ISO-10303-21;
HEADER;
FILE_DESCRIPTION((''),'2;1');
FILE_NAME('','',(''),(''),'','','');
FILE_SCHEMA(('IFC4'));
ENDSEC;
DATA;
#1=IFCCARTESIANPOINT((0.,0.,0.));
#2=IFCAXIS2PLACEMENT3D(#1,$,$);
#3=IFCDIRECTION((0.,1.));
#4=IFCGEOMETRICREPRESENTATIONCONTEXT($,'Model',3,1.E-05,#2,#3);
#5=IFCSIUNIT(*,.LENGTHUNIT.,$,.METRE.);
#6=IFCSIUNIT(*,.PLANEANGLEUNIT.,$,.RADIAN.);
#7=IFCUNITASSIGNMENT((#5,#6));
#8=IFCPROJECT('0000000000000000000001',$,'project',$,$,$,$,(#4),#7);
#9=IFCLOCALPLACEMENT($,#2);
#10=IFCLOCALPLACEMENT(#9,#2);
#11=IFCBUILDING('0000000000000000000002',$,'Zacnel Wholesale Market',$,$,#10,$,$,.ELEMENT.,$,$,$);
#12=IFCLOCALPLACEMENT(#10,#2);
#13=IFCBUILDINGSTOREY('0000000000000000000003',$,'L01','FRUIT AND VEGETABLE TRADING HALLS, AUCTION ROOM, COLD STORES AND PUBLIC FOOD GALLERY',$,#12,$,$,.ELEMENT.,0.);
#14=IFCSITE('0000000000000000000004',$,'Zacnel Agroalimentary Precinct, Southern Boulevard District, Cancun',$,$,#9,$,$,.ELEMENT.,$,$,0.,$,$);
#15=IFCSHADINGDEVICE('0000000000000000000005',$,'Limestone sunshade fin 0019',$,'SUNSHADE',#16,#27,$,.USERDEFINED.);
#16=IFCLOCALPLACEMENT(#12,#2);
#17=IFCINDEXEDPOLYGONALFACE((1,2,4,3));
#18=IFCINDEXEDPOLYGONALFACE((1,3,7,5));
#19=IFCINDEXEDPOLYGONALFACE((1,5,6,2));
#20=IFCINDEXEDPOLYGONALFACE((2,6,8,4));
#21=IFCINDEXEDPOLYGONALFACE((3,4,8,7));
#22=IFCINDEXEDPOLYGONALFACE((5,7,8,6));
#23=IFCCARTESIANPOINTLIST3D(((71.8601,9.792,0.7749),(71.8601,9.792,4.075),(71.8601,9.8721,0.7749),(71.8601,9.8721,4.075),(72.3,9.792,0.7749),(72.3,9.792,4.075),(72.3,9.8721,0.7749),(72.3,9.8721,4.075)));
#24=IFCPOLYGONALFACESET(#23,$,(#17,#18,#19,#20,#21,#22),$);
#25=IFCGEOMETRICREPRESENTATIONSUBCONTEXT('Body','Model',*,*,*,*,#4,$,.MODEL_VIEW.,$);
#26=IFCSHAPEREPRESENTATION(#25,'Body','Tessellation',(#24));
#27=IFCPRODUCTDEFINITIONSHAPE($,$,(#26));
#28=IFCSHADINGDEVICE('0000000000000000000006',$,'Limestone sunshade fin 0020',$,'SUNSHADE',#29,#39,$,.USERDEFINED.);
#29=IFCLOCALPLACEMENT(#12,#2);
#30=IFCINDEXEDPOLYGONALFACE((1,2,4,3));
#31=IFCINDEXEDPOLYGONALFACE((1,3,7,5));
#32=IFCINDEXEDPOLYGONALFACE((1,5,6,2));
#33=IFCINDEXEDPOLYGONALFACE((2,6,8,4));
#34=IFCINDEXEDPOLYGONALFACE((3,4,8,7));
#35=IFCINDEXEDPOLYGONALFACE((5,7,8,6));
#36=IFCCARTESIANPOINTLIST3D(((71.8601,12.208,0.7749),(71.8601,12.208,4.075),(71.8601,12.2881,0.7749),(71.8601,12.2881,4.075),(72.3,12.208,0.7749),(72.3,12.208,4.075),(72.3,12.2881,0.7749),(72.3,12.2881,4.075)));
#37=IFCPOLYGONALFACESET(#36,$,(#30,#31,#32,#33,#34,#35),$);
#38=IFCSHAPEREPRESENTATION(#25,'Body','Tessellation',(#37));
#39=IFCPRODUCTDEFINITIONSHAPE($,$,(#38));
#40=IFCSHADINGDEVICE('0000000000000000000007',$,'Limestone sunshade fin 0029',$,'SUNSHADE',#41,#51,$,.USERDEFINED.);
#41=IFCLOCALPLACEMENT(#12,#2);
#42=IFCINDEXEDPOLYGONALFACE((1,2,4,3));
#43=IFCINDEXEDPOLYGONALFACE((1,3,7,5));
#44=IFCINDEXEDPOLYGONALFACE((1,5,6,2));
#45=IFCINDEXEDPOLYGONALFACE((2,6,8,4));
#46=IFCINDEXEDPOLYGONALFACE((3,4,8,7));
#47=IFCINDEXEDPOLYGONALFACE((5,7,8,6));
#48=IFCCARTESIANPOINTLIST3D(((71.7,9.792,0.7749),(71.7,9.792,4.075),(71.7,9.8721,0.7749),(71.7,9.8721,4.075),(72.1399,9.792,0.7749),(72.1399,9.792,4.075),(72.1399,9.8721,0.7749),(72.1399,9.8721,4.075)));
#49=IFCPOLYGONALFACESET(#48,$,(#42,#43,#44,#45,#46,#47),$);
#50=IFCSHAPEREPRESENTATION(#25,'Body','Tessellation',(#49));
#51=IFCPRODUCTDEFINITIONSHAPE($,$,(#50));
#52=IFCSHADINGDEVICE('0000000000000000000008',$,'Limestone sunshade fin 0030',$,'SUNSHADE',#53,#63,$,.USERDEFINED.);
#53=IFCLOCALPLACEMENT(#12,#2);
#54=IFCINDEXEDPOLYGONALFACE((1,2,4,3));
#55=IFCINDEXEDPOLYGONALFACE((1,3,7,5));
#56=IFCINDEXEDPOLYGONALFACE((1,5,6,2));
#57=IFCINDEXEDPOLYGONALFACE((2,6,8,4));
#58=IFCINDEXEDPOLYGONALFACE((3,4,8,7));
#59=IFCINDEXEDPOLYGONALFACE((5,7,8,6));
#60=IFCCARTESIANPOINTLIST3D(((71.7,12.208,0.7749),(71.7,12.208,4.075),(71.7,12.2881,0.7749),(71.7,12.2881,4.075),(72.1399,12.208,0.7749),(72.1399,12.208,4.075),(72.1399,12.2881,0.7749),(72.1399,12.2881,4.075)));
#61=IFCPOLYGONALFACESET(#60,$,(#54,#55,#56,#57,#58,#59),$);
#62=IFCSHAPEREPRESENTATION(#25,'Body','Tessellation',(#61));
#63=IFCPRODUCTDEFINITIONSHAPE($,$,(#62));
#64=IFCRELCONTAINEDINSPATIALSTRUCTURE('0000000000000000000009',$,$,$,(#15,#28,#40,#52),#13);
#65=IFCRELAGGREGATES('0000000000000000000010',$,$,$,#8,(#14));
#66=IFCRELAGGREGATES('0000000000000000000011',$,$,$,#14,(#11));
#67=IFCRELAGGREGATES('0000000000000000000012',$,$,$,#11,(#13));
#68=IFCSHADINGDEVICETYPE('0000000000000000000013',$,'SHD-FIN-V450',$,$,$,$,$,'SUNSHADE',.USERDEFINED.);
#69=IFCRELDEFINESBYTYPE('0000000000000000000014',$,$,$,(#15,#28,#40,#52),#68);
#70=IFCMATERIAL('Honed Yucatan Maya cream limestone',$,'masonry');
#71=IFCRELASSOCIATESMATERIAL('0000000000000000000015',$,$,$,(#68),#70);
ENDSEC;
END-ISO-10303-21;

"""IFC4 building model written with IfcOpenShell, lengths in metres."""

from ifc_helpers import new_model, si_unit, direction, frame, origin, origin_2d, place, context, subcontext, project, spatial, rectangle, extrude, material, type_object, element, save


model = new_model("IFC4")

# Units and contexts
model_context = context("Model", 3, precision=1e-05, world=origin(), true_north=direction((0.0, 1.0)))
body_context = subcontext(model_context, "Body", "Model", "MODEL_VIEW")
ifc_project = project(units=[si_unit("LENGTHUNIT", "METRE"), si_unit("PLANEANGLEUNIT", "RADIAN")], contexts=[model_context])

# Site, building, storey
site_placement = place(None, origin())
site = spatial("IfcSite", under=ifc_project, at=site_placement, Name="Zacnel Agroalimentary Precinct, Southern Boulevard District, Cancun", CompositionType="ELEMENT", RefElevation=0.0)
building_placement = place(site_placement, origin())
building = spatial("IfcBuilding", under=site, at=building_placement, Name="Zacnel Wholesale Market", CompositionType="ELEMENT")
storey_placement = place(building_placement, origin())
storey = spatial("IfcBuildingStorey", under=building, at=storey_placement, Name="L01", Description="FRUIT AND VEGETABLE TRADING HALLS, AUCTION ROOM, COLD STORES AND PUBLIC FOOD GALLERY", CompositionType="ELEMENT", Elevation=0.0)

# Shading devices
ifc_material_1 = material(Name="Honed Yucatan Maya cream limestone", Category="masonry")
shading_device_type = type_object("IfcShadingDeviceType", Name="SHD-FIN-V450", ElementType="SUNSHADE", PredefinedType="USERDEFINED", material=ifc_material_1)
for number, where, z_axis, x_axis, name in (
    (1, (72.0801, 9.832, 0.7749), (0.0, 0.0, 1.0), (0.0, 1.0, 0.0), "Limestone sunshade fin 0019"),
    (2, (72.0801, 12.248, 0.7749), (0.0, 0.0, 1.0), (0.0, 1.0, 0.0), "Limestone sunshade fin 0020"),
    (3, (71.9199, 9.832, 0.7749), (0.0, 0.0, 1.0), (0.0, 1.0, 0.0), "Limestone sunshade fin 0029"),
    (4, (71.9199, 12.248, 0.7749), (0.0, 0.0, 1.0), (0.0, 1.0, 0.0), "Limestone sunshade fin 0030"),
):
    element("IfcShadingDevice", number, at=place(storey_placement, frame(where, z_axis=z_axis, x_axis=x_axis)), inside=storey, type_object=shading_device_type, Name=name, ObjectType="SUNSHADE", PredefinedType="USERDEFINED", context=body_context, shape_type="SweptSolid", body=[
        extrude(rectangle(XDim=0.0801, YDim=0.4399, at=origin_2d()), origin(), (0.0, 0.0, 1.0), 3.3),
    ])

save(model, "model.ifc")
